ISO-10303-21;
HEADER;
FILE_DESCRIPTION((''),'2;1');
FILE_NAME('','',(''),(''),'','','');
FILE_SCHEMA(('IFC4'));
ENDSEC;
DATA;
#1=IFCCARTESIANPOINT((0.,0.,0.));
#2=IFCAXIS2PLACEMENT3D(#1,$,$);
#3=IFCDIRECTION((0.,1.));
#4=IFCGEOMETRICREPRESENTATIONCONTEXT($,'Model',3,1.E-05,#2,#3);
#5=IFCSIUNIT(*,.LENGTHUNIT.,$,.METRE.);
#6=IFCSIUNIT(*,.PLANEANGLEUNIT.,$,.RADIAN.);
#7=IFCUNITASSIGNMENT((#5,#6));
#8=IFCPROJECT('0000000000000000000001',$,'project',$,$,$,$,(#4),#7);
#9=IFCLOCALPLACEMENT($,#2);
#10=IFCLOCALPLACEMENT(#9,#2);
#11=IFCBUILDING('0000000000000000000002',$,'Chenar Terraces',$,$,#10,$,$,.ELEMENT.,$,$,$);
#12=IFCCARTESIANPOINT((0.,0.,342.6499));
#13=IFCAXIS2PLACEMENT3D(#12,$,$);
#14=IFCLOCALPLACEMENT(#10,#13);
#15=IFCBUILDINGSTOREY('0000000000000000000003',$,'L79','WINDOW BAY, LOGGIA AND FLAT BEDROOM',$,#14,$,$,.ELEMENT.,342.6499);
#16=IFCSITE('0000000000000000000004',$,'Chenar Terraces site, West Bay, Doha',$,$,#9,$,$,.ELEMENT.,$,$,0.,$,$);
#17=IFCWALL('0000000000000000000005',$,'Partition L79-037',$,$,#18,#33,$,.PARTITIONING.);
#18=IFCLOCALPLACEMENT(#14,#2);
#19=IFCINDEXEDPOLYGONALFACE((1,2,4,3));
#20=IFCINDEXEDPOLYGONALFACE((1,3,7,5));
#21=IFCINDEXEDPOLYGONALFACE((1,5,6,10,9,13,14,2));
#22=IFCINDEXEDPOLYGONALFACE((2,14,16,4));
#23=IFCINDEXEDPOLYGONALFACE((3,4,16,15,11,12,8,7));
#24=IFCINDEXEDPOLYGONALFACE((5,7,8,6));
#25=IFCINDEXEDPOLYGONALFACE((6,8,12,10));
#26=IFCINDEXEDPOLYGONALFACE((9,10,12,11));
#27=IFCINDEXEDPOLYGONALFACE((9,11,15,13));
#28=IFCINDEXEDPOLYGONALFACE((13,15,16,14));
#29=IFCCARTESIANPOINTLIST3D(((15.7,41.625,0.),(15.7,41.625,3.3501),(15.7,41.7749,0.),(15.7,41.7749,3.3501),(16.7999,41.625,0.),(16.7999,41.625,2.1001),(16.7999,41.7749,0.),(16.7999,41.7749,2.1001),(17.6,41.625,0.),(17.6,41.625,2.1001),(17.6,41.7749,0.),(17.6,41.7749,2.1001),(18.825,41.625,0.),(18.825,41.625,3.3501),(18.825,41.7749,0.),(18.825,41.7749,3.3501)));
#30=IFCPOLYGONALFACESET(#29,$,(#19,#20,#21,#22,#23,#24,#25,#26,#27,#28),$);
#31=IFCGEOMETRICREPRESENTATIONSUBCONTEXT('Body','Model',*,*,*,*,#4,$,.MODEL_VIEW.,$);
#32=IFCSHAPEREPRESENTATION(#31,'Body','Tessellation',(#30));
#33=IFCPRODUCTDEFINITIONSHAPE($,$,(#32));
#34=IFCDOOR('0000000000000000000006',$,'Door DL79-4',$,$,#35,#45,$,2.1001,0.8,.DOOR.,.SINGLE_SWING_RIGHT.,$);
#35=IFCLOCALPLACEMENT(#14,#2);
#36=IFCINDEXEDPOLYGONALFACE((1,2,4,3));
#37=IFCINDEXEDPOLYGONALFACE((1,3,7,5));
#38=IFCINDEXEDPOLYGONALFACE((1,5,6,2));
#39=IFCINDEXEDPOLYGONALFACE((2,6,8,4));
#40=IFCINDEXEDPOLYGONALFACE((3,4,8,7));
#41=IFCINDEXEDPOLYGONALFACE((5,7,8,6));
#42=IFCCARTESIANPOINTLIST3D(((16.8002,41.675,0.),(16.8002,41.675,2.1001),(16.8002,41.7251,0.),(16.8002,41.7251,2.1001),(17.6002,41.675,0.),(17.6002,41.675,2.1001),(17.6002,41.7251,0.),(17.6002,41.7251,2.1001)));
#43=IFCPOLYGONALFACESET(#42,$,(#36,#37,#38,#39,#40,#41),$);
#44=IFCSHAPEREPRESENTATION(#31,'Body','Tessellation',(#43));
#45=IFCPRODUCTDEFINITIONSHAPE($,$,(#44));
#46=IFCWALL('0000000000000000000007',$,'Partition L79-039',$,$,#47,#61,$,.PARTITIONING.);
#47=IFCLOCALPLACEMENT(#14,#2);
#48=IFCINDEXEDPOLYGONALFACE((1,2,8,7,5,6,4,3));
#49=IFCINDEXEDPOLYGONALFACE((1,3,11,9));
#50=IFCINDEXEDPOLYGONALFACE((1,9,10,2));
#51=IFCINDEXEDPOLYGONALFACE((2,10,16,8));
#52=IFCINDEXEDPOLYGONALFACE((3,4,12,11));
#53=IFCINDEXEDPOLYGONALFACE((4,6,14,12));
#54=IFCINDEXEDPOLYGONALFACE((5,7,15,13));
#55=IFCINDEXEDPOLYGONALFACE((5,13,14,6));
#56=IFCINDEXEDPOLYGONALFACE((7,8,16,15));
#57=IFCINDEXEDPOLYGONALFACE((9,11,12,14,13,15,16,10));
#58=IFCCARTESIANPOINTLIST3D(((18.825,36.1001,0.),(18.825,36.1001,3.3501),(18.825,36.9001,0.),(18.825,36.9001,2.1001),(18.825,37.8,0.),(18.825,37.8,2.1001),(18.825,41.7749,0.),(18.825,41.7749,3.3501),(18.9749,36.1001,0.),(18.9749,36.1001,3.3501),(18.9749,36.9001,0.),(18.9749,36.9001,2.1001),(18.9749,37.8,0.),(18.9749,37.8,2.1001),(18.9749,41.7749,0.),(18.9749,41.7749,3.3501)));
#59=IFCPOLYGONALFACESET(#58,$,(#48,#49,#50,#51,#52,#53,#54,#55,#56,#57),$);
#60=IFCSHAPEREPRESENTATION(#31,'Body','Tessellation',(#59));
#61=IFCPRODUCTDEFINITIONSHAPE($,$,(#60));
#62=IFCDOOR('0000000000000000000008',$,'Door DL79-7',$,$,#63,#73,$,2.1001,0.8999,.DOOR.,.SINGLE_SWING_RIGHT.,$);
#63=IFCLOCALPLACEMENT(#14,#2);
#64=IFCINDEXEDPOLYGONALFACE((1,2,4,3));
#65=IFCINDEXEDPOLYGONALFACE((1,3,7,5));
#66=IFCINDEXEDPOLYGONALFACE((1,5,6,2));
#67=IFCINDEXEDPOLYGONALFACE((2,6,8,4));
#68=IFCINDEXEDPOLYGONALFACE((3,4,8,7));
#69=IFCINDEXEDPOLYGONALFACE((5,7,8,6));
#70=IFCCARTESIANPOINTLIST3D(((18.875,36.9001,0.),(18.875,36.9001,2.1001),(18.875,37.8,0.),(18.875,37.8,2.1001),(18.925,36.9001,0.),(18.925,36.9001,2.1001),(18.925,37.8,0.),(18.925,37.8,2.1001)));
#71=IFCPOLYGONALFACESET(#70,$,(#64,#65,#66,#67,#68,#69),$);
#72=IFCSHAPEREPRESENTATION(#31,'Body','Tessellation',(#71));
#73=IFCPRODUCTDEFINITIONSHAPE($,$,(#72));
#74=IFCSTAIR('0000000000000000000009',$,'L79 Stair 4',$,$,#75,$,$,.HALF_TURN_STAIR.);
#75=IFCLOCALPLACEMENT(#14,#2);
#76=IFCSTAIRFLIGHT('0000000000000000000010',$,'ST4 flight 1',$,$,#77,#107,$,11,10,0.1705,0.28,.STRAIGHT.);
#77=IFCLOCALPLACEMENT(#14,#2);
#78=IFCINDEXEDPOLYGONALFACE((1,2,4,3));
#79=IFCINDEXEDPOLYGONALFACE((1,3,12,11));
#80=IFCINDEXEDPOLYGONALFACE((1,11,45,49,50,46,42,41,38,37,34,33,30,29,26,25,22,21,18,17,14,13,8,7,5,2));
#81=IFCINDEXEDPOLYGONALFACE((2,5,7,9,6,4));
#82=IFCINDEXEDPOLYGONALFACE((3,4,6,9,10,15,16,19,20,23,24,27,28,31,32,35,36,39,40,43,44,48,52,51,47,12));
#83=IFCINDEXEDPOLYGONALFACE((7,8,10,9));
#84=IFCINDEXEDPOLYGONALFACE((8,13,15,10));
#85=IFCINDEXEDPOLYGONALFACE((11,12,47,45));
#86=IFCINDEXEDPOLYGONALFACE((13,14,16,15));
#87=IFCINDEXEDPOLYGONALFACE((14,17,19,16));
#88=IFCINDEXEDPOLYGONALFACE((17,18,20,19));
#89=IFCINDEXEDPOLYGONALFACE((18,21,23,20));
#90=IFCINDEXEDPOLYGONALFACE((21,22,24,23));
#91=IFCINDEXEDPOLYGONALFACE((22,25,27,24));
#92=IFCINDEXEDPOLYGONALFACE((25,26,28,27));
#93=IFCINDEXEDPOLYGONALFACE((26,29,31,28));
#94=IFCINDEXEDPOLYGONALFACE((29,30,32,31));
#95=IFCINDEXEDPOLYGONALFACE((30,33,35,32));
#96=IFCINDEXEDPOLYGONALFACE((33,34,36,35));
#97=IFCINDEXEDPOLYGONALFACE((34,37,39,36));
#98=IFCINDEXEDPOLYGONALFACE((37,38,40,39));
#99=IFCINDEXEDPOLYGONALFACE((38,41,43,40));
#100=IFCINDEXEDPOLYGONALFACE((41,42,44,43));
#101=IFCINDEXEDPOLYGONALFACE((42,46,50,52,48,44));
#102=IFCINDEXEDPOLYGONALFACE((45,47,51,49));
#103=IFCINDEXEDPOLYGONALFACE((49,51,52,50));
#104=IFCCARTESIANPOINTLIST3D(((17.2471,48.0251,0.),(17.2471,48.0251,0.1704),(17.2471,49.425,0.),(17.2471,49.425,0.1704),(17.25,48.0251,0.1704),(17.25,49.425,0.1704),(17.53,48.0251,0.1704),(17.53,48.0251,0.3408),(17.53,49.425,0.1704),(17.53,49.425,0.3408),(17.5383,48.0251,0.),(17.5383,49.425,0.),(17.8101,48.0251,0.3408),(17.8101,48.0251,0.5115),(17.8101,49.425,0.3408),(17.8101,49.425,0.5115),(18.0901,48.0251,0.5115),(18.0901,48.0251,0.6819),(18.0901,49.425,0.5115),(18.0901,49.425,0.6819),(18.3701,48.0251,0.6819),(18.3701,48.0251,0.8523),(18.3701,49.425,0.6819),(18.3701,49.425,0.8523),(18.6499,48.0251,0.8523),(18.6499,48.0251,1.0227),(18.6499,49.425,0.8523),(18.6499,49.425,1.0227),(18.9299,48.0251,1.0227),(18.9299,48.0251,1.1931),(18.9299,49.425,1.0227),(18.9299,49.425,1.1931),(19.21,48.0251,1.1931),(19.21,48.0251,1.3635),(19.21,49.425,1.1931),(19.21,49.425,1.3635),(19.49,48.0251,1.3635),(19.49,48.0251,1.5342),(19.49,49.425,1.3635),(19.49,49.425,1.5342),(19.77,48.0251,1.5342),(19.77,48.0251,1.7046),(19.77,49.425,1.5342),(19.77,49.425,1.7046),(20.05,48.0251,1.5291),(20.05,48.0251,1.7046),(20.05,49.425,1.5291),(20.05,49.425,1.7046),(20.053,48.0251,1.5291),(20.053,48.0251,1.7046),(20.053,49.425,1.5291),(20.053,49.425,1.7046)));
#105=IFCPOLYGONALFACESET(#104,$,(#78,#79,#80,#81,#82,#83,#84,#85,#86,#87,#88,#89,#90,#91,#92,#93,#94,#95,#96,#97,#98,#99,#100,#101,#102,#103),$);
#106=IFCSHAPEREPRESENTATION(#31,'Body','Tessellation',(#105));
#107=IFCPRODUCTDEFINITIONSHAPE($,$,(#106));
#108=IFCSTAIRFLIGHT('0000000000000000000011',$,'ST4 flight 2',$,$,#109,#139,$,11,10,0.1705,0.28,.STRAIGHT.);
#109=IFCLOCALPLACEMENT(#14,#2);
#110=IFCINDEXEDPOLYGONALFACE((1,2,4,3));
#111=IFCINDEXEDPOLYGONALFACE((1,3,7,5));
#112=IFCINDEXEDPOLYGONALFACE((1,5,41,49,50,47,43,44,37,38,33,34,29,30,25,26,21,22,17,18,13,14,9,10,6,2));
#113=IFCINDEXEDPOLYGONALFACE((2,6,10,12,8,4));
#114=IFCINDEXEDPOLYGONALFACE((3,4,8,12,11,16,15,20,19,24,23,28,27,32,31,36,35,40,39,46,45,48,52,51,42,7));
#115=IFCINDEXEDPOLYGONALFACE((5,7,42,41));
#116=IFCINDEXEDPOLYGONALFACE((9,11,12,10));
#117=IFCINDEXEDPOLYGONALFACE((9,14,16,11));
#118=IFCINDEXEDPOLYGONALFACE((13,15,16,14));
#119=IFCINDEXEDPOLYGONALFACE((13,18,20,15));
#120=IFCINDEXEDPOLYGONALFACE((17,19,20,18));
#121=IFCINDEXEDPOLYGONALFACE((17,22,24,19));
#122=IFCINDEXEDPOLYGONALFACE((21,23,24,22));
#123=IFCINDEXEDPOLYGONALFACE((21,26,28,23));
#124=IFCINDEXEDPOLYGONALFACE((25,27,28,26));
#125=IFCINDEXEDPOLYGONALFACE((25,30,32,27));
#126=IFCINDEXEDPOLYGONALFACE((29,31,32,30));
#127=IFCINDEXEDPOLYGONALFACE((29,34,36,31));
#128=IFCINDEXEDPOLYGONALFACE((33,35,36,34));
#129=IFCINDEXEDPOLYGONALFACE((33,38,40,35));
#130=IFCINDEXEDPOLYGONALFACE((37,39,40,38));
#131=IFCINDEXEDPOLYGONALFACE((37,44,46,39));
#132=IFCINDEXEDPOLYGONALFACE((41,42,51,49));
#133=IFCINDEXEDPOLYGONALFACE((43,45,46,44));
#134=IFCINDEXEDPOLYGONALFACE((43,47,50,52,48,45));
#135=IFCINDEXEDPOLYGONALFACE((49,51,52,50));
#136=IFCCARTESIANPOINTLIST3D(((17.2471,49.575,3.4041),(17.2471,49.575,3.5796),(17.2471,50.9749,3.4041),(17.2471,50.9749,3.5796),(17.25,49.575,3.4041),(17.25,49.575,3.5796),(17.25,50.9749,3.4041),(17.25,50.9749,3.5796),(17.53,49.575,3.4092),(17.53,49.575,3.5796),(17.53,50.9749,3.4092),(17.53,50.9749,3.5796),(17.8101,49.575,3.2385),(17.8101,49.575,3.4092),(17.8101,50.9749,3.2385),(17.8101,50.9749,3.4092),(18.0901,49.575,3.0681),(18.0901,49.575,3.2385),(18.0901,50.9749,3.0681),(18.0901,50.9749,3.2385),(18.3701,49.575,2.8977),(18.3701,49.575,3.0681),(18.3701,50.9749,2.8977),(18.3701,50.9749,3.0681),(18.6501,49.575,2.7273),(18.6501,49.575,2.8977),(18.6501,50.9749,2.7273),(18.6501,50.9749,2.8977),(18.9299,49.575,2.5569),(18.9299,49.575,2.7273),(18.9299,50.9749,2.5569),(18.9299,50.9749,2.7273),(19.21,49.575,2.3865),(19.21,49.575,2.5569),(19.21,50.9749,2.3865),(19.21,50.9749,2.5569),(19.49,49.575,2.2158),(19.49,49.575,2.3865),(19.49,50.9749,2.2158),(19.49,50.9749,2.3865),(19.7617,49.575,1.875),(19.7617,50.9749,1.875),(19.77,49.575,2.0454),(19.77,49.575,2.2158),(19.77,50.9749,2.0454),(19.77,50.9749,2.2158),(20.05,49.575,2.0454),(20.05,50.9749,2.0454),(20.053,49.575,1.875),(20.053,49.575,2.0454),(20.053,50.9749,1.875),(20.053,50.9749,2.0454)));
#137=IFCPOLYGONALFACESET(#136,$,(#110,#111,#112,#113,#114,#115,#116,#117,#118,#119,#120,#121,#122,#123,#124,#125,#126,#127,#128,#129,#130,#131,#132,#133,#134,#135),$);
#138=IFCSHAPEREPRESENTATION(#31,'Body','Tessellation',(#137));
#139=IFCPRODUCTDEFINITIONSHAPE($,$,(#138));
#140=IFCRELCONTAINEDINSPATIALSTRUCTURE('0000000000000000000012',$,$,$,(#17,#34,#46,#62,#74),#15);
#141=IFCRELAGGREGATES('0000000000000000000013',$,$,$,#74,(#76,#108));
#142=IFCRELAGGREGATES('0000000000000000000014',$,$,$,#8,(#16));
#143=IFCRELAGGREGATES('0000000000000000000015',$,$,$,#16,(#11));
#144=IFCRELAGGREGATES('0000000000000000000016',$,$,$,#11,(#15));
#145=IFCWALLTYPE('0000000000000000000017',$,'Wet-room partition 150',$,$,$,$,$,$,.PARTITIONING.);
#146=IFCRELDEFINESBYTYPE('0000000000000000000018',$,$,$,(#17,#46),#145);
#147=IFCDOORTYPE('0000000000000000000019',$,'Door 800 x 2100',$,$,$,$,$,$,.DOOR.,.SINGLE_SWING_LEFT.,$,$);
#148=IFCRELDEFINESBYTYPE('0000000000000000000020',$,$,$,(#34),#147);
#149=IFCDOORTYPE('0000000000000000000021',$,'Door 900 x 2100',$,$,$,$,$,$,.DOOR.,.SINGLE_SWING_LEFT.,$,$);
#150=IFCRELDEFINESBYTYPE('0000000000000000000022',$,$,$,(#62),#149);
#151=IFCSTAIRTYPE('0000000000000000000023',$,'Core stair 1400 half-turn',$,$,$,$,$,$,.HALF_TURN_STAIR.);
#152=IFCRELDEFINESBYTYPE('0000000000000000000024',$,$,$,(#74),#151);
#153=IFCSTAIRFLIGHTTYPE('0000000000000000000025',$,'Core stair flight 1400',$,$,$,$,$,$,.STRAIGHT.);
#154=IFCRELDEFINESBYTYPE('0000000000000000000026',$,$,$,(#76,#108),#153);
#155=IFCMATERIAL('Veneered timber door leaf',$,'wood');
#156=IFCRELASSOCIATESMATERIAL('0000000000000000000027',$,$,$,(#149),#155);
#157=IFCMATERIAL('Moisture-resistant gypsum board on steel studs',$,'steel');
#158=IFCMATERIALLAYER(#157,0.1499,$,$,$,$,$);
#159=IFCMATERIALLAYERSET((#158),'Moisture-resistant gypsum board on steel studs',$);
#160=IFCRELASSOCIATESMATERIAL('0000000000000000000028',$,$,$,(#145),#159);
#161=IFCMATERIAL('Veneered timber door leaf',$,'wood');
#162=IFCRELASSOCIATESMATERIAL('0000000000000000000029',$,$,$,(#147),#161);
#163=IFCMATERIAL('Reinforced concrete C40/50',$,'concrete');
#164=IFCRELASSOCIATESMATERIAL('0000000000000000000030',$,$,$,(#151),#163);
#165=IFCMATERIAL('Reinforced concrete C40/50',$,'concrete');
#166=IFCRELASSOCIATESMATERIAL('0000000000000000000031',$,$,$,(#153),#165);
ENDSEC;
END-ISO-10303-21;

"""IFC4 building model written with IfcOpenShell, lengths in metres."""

from ifc_helpers import new_model, si_unit, direction, frame, frame_2d, origin, place, context, subcontext, project, spatial, polyline, rectangle, outline, extrude, material, layer, layer_set, type_object, element, fill, aggregate, save


model = new_model("IFC4")

# Units and contexts
model_context = context("Model", 3, precision=1e-05, world=origin(), true_north=direction((0.0, 1.0)))
body_context = subcontext(model_context, "Body", "Model", "MODEL_VIEW")
ifc_project = project(units=[si_unit("LENGTHUNIT", "METRE"), si_unit("PLANEANGLEUNIT", "RADIAN")], contexts=[model_context])

# Site, building, storey
site_placement = place(None, origin())
site = spatial("IfcSite", under=ifc_project, at=site_placement, Name="Chenar Terraces site, West Bay, Doha", CompositionType="ELEMENT", RefElevation=0.0)
building_placement = place(site_placement, origin())
building = spatial("IfcBuilding", under=site, at=building_placement, Name="Chenar Terraces", CompositionType="ELEMENT")
storey_placement = place(building_placement, frame((0.0, 0.0, 342.6499)))
storey = spatial("IfcBuildingStorey", under=building, at=storey_placement, Name="L79", Description="WINDOW BAY, LOGGIA AND FLAT BEDROOM", CompositionType="ELEMENT", Elevation=342.6499)

# Shared definitions
ifc_material_1 = material(Name="Veneered timber door leaf", Category="wood")
door_type_1 = type_object("IfcDoorType", Name="Door 900 x 2100", OperationType="SINGLE_SWING_LEFT", PredefinedType="DOOR", material=ifc_material_1)

# Shared definitions
ifc_material_2 = material(Name="Moisture-resistant gypsum board on steel studs", Category="steel")
ifc_layer_1 = layer(ifc_material_2, 0.1499)
ifc_layer_set_1 = layer_set([ifc_layer_1], Name="Moisture-resistant gypsum board on steel studs")
wall_type_1 = type_object("IfcWallType", Name="Wet-room partition 150", PredefinedType="PARTITIONING", material=ifc_layer_set_1)

# Walls, openings, doors
wall_1_placement = place(storey_placement, frame((15.7, 41.7, 0.0), z_axis=(0.0, 0.0, 1.0), x_axis=(1.0, 0.0, 0.0)))
wall_1 = element("IfcWall", 1, at=wall_1_placement, inside=storey, type_object=wall_type_1, Name="Partition L79-037", PredefinedType="PARTITIONING", context=body_context, shape_type="SweptSolid", body=[
    extrude(rectangle(XDim=3.125, YDim=0.1499, at=frame_2d((1.5625, 0.0))), origin(), (0.0, 0.0, 1.0), 3.3501),
])
opening_1_placement = place(wall_1_placement, frame((1.1001, 0.0, 0.0)))
opening_1 = element("IfcOpeningElement", 2, at=opening_1_placement, cuts=wall_1, PredefinedType="OPENING", context=body_context, shape_type="SweptSolid", body=[
    extrude(rectangle(XDim=0.8, YDim=2.1001, at=frame_2d((0.3999, 1.05))), frame((0.0, 0.085, 0.0), z_axis=(0.0, -1.0, 0.0), x_axis=(1.0, 0.0, 0.0)), (0.0, 0.0, 1.0), 0.1699),
])
ifc_material_3 = material(Name="Veneered timber door leaf", Category="wood")
door_type_2 = type_object("IfcDoorType", Name="Door 800 x 2100", OperationType="SINGLE_SWING_LEFT", PredefinedType="DOOR", material=ifc_material_3)
door_1_placement = place(opening_1_placement, frame((0.8, 0.0, 0.0), z_axis=(0.0, 0.0, 1.0), x_axis=(-1.0, 0.0, 0.0)))
door_1 = element("IfcDoor", 3, at=door_1_placement, inside=storey, type_object=door_type_2, Name="Door DL79-4", OperationType="SINGLE_SWING_RIGHT", OverallHeight=2.1001, OverallWidth=0.8, PredefinedType="DOOR", context=body_context, shape_type="SweptSolid", body=[
    extrude(rectangle(XDim=0.8, YDim=2.1001, at=frame_2d((0.3999, 1.05))), frame((0.0, 0.0249, 0.0), z_axis=(0.0, -1.0, 0.0), x_axis=(1.0, 0.0, 0.0)), (0.0, 0.0, 1.0), 0.05),
])
fill(opening_1, door_1)
wall_2_placement = place(storey_placement, frame((18.8999, 36.1001, 0.0), z_axis=(0.0, 0.0, 1.0), x_axis=(0.0, 1.0, 0.0)))
wall_2 = element("IfcWall", 4, at=wall_2_placement, inside=storey, type_object=wall_type_1, Name="Partition L79-039", PredefinedType="PARTITIONING", context=body_context, shape_type="SweptSolid", body=[
    extrude(rectangle(XDim=5.6748, YDim=0.1499, at=frame_2d((2.8374, 0.0))), origin(), (0.0, 0.0, 1.0), 3.3501),
])
opening_2_placement = place(wall_2_placement, frame((0.8, 0.0, 0.0)))
opening_2 = element("IfcOpeningElement", 5, at=opening_2_placement, cuts=wall_2, PredefinedType="OPENING", context=body_context, shape_type="SweptSolid", body=[
    extrude(rectangle(XDim=0.8999, YDim=2.1001, at=frame_2d((0.45, 1.05))), frame((0.0, 0.085, 0.0), z_axis=(0.0, -1.0, 0.0), x_axis=(1.0, 0.0, 0.0)), (0.0, 0.0, 1.0), 0.1699),
])
door_2_placement = place(opening_2_placement, origin())
door_2 = element("IfcDoor", 6, at=door_2_placement, inside=storey, type_object=door_type_1, Name="Door DL79-7", OperationType="SINGLE_SWING_RIGHT", OverallHeight=2.1001, OverallWidth=0.8999, PredefinedType="DOOR", context=body_context, shape_type="SweptSolid", body=[
    extrude(rectangle(XDim=0.8999, YDim=2.1001, at=frame_2d((0.45, 1.05))), frame((0.0, 0.0249, 0.0), z_axis=(0.0, -1.0, 0.0), x_axis=(1.0, 0.0, 0.0)), (0.0, 0.0, 1.0), 0.05),
])
fill(opening_2, door_2)

# Stair, stair flights
ifc_material_4 = material(Name="Reinforced concrete C40/50", Category="concrete")
stair_type = type_object("IfcStairType", Name="Core stair 1400 half-turn", PredefinedType="HALF_TURN_STAIR", material=ifc_material_4)
stair_placement = place(storey_placement, origin())
stair = element("IfcStair", 7, at=stair_placement, inside=storey, type_object=stair_type, Name="L79 Stair 4", PredefinedType="HALF_TURN_STAIR")
ifc_material_5 = material(Name="Reinforced concrete C40/50", Category="concrete")
stair_flight_type = type_object("IfcStairFlightType", Name="Core stair flight 1400", PredefinedType="STRAIGHT", material=ifc_material_5)
stair_flight_1_placement = place(storey_placement, frame((17.25, 48.7251, 0.0), z_axis=(0.0, 0.0, 1.0), x_axis=(1.0, 0.0, 0.0)))
stair_flight_1 = element("IfcStairFlight", 8, at=stair_flight_1_placement, type_object=stair_flight_type, Name="ST4 flight 1", NumberOfRisers=11, NumberOfTreads=10, PredefinedType="STRAIGHT", RiserHeight=0.1705, TreadLength=0.28, context=body_context, shape_type="SweptSolid", body=[
    extrude(outline(polyline([(-0.0029, 0.0), (-0.0029, 0.1704), (0.0, 0.1704), (0.28, 0.1704), (0.28, 0.3408), (0.5601, 0.3408), (0.5601, 0.5115), (0.8401, 0.5115), (0.8401, 0.6819), (1.1201, 0.6819), (1.1201, 0.8523), (1.3999, 0.8523), (1.3999, 1.0227), (1.6799, 1.0227), (1.6799, 1.1931), (1.96, 1.1931), (1.96, 1.3635), (2.24, 1.3635), (2.24, 1.5342), (2.52, 1.5342), (2.52, 1.7046), (2.8, 1.7046), (2.803, 1.7046), (2.803, 1.5291), (2.8, 1.5291), (0.2883, 0.0), (-0.0029, 0.0)])), frame((0.0, 0.7, 0.0), z_axis=(0.0, -1.0, 0.0), x_axis=(1.0, 0.0, 0.0)), (0.0, 0.0, 1.0), 1.3999),
])
stair_flight_2_placement = place(storey_placement, frame((20.05, 50.2749, 1.875), z_axis=(0.0, 0.0, 1.0), x_axis=(-1.0, 0.0, 0.0)))
stair_flight_2 = element("IfcStairFlight", 9, at=stair_flight_2_placement, type_object=stair_flight_type, Name="ST4 flight 2", NumberOfRisers=11, NumberOfTreads=10, PredefinedType="STRAIGHT", RiserHeight=0.1705, TreadLength=0.28, context=body_context, shape_type="SweptSolid", body=[
    extrude(outline(polyline([(-0.0029, 0.0), (-0.0029, 0.1704), (0.0, 0.1704), (0.28, 0.1704), (0.28, 0.3408), (0.5601, 0.3408), (0.5601, 0.5115), (0.8401, 0.5115), (0.8401, 0.6819), (1.1201, 0.6819), (1.1201, 0.8523), (1.3999, 0.8523), (1.3999, 1.0227), (1.6799, 1.0227), (1.6799, 1.1931), (1.96, 1.1931), (1.96, 1.3635), (2.24, 1.3635), (2.24, 1.5342), (2.52, 1.5342), (2.52, 1.7046), (2.8, 1.7046), (2.803, 1.7046), (2.803, 1.5291), (2.8, 1.5291), (0.2883, 0.0), (-0.0029, 0.0)])), frame((0.0, 0.7, 0.0), z_axis=(0.0, -1.0, 0.0), x_axis=(1.0, 0.0, 0.0)), (0.0, 0.0, 1.0), 1.3999),
])
aggregate(stair, [stair_flight_1, stair_flight_2])

save(model, "model.ifc")
